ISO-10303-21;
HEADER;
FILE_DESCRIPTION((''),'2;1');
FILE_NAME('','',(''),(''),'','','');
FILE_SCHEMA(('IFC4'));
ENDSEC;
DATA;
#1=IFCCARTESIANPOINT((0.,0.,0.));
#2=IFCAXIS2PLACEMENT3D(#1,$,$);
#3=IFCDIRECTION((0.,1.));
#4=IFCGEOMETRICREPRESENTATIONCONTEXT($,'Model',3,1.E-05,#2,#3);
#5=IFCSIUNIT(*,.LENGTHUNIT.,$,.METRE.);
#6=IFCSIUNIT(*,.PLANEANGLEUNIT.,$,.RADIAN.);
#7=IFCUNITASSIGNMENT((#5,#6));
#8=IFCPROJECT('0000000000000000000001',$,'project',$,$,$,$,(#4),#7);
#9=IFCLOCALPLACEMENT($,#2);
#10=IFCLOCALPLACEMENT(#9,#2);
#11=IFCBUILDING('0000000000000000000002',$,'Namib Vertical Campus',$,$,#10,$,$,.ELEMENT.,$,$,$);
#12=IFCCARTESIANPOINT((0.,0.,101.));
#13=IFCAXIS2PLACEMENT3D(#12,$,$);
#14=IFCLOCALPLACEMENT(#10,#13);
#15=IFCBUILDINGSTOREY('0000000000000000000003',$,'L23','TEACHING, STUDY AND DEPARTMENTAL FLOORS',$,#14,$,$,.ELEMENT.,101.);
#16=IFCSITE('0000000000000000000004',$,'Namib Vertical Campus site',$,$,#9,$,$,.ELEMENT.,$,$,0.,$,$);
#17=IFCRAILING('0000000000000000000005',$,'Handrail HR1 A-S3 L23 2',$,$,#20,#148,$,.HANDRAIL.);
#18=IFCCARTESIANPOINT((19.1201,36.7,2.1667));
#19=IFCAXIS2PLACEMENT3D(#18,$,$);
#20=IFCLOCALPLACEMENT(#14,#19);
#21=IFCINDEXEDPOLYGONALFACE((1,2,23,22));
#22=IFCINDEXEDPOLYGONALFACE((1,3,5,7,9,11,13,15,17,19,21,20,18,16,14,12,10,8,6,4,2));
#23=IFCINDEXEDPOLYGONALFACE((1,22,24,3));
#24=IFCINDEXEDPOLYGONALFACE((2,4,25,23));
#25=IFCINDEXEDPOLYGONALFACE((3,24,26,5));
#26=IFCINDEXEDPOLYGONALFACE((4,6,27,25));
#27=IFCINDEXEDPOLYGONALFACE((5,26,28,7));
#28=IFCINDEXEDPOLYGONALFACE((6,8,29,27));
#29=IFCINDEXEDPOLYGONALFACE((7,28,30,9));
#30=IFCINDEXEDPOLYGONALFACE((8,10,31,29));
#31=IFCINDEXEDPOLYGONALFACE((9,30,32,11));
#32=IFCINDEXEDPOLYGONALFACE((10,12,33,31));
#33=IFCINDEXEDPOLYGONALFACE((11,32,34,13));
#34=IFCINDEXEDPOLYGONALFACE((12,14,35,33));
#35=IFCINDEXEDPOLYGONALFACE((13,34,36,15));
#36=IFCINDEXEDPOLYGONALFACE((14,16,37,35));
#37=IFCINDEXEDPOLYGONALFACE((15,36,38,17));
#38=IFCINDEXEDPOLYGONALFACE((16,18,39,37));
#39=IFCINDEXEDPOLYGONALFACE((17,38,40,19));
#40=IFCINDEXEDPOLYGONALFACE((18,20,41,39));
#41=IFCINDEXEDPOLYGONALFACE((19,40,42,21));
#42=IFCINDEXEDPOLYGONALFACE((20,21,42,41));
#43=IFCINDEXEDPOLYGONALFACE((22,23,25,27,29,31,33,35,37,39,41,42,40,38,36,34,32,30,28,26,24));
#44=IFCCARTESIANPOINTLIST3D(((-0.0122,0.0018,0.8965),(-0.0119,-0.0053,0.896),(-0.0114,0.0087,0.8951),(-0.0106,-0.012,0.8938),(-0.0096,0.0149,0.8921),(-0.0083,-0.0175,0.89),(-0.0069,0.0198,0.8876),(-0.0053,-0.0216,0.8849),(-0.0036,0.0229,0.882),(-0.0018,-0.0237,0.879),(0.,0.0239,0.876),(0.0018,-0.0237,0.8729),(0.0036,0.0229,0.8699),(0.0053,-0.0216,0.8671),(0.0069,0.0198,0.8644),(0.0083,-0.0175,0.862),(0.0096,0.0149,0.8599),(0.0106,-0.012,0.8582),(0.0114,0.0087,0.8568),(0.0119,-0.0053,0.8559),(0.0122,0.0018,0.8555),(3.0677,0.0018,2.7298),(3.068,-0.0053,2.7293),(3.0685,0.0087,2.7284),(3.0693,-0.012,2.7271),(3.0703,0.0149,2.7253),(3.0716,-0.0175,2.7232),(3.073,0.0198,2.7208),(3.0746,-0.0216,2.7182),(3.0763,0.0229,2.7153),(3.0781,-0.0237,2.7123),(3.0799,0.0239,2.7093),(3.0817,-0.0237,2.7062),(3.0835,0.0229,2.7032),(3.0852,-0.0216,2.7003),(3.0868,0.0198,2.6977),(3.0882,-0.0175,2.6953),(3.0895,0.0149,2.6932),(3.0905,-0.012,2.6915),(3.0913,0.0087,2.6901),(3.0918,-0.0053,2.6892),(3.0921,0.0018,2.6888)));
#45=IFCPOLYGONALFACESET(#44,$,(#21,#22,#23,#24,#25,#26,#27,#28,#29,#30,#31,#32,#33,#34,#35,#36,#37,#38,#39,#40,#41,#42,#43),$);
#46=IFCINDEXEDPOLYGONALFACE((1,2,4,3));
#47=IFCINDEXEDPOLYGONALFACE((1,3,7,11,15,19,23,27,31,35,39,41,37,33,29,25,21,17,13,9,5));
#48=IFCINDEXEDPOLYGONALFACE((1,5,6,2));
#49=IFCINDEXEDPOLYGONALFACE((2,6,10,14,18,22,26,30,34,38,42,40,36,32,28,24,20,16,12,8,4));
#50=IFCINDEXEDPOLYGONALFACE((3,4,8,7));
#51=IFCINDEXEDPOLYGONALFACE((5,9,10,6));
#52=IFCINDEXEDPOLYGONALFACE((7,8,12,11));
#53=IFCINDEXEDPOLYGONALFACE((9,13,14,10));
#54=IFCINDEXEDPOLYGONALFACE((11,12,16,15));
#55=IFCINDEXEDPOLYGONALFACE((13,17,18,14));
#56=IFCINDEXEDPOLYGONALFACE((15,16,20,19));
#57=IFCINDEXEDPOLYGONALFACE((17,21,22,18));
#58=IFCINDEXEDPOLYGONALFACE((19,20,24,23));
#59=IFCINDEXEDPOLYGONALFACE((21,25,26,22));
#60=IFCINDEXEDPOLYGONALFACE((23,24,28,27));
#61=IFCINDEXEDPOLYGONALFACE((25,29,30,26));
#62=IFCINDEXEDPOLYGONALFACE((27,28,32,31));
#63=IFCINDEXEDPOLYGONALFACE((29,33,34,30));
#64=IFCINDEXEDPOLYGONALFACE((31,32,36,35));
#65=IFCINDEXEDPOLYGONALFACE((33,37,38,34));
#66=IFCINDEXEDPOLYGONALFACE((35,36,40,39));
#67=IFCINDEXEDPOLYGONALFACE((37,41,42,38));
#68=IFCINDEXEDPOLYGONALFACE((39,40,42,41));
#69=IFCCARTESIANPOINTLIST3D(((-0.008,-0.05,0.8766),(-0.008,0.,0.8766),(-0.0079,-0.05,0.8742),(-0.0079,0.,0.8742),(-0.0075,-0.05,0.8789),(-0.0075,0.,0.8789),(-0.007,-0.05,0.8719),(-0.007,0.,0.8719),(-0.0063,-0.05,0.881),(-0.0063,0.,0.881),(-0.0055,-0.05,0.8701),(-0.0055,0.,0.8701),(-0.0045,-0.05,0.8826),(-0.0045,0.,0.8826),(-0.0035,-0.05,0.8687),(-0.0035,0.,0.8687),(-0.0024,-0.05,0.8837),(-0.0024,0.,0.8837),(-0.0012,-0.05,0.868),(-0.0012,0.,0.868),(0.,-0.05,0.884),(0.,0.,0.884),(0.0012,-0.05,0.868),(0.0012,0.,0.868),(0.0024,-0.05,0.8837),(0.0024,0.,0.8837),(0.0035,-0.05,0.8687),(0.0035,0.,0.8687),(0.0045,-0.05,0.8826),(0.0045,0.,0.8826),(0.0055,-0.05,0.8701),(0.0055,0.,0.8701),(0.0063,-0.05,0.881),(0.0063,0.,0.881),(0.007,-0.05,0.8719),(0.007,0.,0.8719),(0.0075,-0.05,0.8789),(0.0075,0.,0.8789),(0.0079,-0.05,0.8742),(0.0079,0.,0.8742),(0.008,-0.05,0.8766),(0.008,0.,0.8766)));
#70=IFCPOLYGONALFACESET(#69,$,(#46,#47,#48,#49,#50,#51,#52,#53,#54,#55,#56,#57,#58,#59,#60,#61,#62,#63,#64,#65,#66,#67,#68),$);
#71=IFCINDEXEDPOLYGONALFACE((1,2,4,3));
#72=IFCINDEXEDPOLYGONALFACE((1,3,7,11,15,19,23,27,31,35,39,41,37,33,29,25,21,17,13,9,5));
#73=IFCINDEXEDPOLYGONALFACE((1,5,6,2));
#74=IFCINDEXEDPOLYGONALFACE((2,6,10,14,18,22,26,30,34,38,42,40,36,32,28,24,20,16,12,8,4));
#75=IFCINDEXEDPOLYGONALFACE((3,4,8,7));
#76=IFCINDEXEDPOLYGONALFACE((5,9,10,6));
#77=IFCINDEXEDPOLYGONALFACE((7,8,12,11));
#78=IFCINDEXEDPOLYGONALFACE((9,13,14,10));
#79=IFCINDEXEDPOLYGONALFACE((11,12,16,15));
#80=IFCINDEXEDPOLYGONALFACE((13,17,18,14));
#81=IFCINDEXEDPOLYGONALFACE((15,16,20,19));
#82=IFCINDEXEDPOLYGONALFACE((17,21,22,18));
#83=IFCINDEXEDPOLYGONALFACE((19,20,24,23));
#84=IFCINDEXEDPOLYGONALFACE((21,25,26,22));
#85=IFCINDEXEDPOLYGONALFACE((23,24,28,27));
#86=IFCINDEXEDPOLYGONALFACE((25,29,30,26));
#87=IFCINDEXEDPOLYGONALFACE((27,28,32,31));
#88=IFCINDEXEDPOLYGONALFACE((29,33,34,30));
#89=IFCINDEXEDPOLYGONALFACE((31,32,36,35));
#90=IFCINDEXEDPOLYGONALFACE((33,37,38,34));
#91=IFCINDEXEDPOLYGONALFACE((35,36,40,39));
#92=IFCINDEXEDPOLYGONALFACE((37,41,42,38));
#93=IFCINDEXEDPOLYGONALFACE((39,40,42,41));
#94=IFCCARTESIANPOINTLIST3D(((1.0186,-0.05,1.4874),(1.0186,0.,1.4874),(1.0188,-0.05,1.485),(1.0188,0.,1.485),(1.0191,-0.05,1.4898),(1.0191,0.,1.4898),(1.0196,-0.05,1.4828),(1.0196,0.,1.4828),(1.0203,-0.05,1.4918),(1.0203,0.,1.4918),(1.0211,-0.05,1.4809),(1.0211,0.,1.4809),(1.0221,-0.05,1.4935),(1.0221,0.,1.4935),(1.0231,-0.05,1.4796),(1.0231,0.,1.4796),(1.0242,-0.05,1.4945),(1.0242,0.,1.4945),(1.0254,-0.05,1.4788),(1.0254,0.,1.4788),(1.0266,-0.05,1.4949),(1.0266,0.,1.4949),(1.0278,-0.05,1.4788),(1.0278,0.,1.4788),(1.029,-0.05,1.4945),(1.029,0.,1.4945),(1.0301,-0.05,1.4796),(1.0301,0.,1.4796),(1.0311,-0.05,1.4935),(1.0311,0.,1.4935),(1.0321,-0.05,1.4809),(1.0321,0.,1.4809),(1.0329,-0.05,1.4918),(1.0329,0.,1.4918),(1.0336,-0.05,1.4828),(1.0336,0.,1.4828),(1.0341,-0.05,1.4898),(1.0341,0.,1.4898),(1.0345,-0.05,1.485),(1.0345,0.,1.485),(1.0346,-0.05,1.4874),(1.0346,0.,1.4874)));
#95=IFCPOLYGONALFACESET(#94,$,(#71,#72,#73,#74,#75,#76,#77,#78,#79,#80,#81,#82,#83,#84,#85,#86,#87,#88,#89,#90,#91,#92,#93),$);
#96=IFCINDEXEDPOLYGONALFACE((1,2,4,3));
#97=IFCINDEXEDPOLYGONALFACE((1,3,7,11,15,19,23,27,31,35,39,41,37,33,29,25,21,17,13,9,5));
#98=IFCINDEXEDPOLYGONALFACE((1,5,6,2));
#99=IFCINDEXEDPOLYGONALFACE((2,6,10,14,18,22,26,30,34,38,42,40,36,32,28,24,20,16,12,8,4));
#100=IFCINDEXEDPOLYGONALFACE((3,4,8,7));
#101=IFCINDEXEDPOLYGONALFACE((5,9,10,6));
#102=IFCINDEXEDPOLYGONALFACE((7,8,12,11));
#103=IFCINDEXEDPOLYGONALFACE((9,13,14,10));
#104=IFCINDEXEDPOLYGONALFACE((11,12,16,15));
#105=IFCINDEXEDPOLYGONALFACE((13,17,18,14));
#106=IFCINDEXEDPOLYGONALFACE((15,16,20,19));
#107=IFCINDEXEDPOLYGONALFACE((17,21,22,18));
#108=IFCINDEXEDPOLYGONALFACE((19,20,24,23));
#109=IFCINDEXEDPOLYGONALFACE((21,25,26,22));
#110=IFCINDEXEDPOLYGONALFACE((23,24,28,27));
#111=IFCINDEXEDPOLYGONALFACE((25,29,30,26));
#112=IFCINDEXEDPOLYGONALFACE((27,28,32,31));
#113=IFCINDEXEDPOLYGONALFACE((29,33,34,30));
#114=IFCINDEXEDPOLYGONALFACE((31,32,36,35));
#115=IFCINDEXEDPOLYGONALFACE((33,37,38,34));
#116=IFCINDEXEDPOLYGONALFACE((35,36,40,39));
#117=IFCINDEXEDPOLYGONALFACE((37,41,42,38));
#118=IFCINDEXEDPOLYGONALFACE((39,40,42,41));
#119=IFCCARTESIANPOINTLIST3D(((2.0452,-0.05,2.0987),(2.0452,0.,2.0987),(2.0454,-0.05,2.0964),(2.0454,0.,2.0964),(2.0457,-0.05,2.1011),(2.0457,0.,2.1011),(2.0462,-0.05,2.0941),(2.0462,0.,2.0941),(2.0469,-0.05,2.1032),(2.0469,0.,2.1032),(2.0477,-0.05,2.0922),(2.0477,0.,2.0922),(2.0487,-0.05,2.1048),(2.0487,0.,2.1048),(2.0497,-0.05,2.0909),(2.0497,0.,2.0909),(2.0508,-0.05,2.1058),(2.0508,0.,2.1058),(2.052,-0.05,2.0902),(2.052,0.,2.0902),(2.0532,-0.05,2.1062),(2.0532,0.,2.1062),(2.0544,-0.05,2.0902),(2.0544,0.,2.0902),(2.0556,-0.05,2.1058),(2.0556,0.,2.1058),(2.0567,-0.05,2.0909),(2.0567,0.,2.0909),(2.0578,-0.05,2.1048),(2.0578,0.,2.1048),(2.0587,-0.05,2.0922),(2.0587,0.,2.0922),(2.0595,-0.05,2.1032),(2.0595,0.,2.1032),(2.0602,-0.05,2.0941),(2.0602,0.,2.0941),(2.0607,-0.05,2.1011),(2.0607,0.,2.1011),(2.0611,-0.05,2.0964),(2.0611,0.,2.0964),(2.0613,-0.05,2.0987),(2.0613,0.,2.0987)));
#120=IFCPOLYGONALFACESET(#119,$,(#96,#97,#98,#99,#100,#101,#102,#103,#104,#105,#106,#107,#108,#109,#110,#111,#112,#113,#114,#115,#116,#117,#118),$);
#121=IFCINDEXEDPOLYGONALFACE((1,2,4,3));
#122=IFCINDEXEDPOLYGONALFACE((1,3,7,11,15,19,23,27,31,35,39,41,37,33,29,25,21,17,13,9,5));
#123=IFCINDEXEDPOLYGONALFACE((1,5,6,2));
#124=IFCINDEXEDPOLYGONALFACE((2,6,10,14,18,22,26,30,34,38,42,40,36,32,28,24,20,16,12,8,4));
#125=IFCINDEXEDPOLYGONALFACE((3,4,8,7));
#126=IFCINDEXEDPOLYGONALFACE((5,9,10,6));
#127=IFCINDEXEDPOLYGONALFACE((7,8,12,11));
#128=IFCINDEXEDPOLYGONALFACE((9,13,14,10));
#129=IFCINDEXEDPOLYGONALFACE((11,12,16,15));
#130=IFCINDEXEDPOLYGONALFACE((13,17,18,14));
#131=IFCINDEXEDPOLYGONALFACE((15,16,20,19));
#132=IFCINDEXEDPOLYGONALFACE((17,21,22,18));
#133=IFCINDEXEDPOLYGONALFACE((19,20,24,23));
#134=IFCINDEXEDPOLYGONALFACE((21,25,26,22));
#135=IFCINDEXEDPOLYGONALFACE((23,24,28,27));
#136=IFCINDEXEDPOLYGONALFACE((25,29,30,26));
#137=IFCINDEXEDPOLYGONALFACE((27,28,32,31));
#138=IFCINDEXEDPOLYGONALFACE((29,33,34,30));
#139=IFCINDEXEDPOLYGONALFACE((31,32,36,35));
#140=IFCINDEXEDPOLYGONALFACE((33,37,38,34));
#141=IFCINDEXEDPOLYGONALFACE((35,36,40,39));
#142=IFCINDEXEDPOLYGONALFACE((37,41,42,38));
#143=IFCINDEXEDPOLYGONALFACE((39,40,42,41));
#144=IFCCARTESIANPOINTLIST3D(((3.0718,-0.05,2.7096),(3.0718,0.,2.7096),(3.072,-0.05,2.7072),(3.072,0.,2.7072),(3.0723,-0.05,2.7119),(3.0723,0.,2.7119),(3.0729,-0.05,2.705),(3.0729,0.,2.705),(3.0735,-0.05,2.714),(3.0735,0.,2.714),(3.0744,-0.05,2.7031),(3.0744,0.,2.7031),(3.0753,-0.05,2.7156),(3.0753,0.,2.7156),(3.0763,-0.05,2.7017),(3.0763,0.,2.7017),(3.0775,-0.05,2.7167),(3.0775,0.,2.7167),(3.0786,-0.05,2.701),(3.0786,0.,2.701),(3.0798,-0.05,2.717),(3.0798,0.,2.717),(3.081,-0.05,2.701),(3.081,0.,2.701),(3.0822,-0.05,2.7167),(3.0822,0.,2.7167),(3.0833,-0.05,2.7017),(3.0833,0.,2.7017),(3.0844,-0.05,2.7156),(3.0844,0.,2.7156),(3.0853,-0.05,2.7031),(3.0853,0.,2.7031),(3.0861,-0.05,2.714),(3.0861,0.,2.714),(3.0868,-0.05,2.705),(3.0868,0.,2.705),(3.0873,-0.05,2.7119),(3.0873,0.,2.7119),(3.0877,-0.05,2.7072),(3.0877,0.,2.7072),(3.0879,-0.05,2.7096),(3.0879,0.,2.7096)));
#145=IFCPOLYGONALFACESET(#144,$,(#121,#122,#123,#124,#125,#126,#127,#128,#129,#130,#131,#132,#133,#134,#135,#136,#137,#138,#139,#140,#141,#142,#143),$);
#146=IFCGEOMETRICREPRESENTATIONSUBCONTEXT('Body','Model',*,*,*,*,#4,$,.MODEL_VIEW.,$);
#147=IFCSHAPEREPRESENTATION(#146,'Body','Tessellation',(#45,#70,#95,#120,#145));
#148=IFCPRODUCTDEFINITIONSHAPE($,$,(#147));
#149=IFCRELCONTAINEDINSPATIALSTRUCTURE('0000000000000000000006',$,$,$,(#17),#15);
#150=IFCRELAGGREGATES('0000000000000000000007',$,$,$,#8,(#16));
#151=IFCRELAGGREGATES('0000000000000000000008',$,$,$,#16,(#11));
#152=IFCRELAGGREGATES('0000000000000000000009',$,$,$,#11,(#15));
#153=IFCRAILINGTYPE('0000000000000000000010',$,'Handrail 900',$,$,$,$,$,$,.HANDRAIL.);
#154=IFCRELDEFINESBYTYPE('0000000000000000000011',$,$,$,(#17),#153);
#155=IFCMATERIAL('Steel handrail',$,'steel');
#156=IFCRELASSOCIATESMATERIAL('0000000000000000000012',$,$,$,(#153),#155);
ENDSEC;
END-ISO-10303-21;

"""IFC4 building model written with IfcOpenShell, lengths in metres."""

from ifc_helpers import new_model, si_unit, direction, frame, origin, origin_2d, place, context, subcontext, project, spatial, circle, extrude, material, type_object, element, save


model = new_model("IFC4")

# Units and contexts
model_context = context("Model", 3, precision=1e-05, world=origin(), true_north=direction((0.0, 1.0)))
body_context = subcontext(model_context, "Body", "Model", "MODEL_VIEW")
ifc_project = project(units=[si_unit("LENGTHUNIT", "METRE"), si_unit("PLANEANGLEUNIT", "RADIAN")], contexts=[model_context])

# Site, building, storey
site_placement = place(None, origin())
site = spatial("IfcSite", under=ifc_project, at=site_placement, Name="Namib Vertical Campus site", CompositionType="ELEMENT", RefElevation=0.0)
building_placement = place(site_placement, origin())
building = spatial("IfcBuilding", under=site, at=building_placement, Name="Namib Vertical Campus", CompositionType="ELEMENT")
storey_placement = place(building_placement, frame((0.0, 0.0, 101.0)))
storey = spatial("IfcBuildingStorey", under=building, at=storey_placement, Name="L23", Description="TEACHING, STUDY AND DEPARTMENTAL FLOORS", CompositionType="ELEMENT", Elevation=101.0)

# Railing
ifc_material_1 = material(Name="Steel handrail", Category="steel")
railing_type = type_object("IfcRailingType", Name="Handrail 900", PredefinedType="HANDRAIL", material=ifc_material_1)
railing_placement = place(storey_placement, frame((19.1201, 36.7, 2.1667)))
element("IfcRailing", 1, at=railing_placement, inside=storey, type_object=railing_type, Name="Handrail HR1 A-S3 L23 2", PredefinedType="HANDRAIL", context=body_context, shape_type="SweptSolid", body=[
    extrude(circle(Radius=0.0239, at=origin_2d()), frame((0.0, 0.0, 0.876), z_axis=(0.859291, 0.0, 0.511487), x_axis=(0.0, 1.0, 0.0)), (0.0, 0.0, 1.0), 3.5842),
    extrude(circle(Radius=0.0081, at=origin_2d()), frame((0.0, 0.0, 0.876), z_axis=(0.0, -1.0, 0.0), x_axis=(0.0, 0.0, 1.0)), (0.0, 0.0, 1.0), 0.05),
    extrude(circle(Radius=0.0081, at=origin_2d()), frame((1.0266, 0.0, 1.4868), z_axis=(0.0, -1.0, 0.0), x_axis=(0.0, 0.0, 1.0)), (0.0, 0.0, 1.0), 0.05),
    extrude(circle(Radius=0.0081, at=origin_2d()), frame((2.0532, 0.0, 2.0981), z_axis=(0.0, -1.0, 0.0), x_axis=(0.0, 0.0, 1.0)), (0.0, 0.0, 1.0), 0.05),
    extrude(circle(Radius=0.0081, at=origin_2d()), frame((3.0798, 0.0, 2.709), z_axis=(0.0, -1.0, 0.0), x_axis=(0.0, 0.0, 1.0)), (0.0, 0.0, 1.0), 0.05),
])

save(model, "model.ifc")
